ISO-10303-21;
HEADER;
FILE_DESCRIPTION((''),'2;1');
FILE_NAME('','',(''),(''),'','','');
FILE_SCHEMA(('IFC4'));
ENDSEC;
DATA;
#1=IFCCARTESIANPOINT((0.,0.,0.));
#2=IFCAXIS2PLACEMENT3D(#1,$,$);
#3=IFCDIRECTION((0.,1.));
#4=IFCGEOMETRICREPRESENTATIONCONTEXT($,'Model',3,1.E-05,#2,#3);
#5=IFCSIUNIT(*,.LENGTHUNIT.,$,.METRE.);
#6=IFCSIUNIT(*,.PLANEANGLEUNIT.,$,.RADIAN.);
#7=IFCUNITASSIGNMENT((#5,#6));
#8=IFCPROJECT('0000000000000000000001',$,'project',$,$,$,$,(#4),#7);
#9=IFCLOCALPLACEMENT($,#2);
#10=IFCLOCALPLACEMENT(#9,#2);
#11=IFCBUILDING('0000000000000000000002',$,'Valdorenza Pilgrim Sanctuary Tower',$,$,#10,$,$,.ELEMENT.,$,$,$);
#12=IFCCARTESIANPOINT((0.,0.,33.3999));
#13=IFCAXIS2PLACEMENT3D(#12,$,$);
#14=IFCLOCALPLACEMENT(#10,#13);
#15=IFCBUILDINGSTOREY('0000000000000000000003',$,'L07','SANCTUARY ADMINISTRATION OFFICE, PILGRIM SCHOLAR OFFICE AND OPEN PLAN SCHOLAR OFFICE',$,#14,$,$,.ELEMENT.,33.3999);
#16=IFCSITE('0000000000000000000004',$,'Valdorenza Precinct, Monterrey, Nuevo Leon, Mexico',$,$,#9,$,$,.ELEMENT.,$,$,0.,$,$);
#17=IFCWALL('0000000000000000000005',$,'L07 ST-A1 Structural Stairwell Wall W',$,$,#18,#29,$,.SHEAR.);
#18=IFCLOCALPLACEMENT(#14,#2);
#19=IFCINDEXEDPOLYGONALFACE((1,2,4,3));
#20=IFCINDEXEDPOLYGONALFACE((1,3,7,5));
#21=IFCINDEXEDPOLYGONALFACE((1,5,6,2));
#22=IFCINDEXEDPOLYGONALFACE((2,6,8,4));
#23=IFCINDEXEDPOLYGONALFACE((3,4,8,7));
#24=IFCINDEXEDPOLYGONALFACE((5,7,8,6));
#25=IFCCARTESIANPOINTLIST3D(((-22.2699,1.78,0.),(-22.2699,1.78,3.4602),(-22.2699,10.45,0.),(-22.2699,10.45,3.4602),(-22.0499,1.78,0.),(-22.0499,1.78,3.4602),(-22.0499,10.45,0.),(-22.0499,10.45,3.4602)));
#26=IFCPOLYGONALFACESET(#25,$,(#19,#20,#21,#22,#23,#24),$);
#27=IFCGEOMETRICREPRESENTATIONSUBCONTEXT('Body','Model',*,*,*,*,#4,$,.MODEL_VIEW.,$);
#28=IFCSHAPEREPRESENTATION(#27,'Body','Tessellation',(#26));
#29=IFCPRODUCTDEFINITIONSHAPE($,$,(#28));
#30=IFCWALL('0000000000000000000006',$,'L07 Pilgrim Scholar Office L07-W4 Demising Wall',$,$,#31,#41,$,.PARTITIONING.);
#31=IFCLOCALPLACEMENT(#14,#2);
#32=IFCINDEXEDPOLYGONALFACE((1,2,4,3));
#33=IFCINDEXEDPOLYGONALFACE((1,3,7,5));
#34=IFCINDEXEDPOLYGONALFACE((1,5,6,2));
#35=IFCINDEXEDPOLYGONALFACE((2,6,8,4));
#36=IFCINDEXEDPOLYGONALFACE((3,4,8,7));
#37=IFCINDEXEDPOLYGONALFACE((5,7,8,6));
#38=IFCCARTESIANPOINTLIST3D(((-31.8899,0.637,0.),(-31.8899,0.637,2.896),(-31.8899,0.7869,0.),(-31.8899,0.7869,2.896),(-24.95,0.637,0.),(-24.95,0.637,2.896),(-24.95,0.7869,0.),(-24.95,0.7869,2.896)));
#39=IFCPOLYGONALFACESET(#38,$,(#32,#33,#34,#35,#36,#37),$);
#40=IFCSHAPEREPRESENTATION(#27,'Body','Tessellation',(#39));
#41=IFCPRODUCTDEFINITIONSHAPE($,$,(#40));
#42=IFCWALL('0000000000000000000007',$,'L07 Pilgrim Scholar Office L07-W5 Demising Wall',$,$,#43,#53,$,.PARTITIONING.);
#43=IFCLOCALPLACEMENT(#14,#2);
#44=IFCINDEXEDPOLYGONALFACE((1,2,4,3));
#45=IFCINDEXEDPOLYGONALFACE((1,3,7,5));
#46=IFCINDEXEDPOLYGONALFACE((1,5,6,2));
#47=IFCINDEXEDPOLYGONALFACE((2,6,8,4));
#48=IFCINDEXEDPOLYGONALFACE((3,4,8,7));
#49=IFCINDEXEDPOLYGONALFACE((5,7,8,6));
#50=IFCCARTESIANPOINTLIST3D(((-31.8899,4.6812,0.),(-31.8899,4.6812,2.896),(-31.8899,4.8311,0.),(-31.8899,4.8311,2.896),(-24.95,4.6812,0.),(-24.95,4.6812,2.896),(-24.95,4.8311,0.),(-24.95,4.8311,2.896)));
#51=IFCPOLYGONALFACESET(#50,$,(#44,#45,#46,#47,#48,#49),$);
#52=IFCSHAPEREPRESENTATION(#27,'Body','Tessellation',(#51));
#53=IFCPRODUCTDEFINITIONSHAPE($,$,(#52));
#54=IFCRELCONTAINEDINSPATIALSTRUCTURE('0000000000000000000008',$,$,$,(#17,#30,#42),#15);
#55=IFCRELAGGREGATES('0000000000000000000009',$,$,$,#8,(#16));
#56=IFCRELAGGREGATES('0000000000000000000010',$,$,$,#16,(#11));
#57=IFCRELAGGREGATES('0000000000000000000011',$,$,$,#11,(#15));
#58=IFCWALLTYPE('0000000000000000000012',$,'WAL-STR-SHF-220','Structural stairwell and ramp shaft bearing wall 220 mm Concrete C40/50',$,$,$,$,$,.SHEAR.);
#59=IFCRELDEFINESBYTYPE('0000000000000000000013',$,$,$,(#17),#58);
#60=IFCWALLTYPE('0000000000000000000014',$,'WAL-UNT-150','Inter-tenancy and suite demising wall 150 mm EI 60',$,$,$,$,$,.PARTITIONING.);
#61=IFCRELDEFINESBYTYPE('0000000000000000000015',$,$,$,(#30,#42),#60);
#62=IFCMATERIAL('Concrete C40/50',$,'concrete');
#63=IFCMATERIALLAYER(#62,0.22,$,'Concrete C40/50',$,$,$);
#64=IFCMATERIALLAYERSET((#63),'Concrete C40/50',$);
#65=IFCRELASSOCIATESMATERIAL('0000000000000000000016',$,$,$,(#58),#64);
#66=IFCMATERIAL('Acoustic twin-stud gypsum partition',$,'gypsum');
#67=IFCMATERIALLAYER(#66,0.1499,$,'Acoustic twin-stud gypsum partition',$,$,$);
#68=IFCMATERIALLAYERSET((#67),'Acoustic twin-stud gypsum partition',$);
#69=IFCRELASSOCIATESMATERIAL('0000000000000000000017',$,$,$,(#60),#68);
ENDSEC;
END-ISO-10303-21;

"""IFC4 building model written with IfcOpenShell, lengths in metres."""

from ifc_helpers import new_model, si_unit, direction, frame, frame_2d, origin, place, context, subcontext, project, spatial, rectangle, extrude, material, layer, layer_set, type_object, element, save


model = new_model("IFC4")

# Units and contexts
model_context = context("Model", 3, precision=1e-05, world=origin(), true_north=direction((0.0, 1.0)))
body_context = subcontext(model_context, "Body", "Model", "MODEL_VIEW")
ifc_project = project(units=[si_unit("LENGTHUNIT", "METRE"), si_unit("PLANEANGLEUNIT", "RADIAN")], contexts=[model_context])

# Site, building, storey
site_placement = place(None, origin())
site = spatial("IfcSite", under=ifc_project, at=site_placement, Name="Valdorenza Precinct, Monterrey, Nuevo Leon, Mexico", CompositionType="ELEMENT", RefElevation=0.0)
building_placement = place(site_placement, origin())
building = spatial("IfcBuilding", under=site, at=building_placement, Name="Valdorenza Pilgrim Sanctuary Tower", CompositionType="ELEMENT")
storey_placement = place(building_placement, frame((0.0, 0.0, 33.3999)))
storey = spatial("IfcBuildingStorey", under=building, at=storey_placement, Name="L07", Description="SANCTUARY ADMINISTRATION OFFICE, PILGRIM SCHOLAR OFFICE AND OPEN PLAN SCHOLAR OFFICE", CompositionType="ELEMENT", Elevation=33.3999)

# Wall
ifc_material_1 = material(Name="Concrete C40/50", Category="concrete")
ifc_layer_1 = layer(ifc_material_1, 0.22, Name="Concrete C40/50")
ifc_layer_set_1 = layer_set([ifc_layer_1], Name="Concrete C40/50")
wall_type_1 = type_object("IfcWallType", Name="WAL-STR-SHF-220", Description="Structural stairwell and ramp shaft bearing wall 220 mm Concrete C40/50", PredefinedType="SHEAR", material=ifc_layer_set_1)
wall_1_placement = place(storey_placement, frame((-22.1599, 1.78, 0.0), z_axis=(0.0, 0.0, 1.0), x_axis=(0.0, 1.0, 0.0)))
element("IfcWall", 1, at=wall_1_placement, inside=storey, type_object=wall_type_1, Name="L07 ST-A1 Structural Stairwell Wall W", PredefinedType="SHEAR", context=body_context, shape_type="SweptSolid", body=[
    extrude(rectangle(XDim=8.6699, YDim=0.22, at=frame_2d((4.335, 0.0))), origin(), (0.0, 0.0, 1.0), 3.4602),
])

# Walls
ifc_material_2 = material(Name="Acoustic twin-stud gypsum partition", Category="gypsum")
ifc_layer_2 = layer(ifc_material_2, 0.1499, Name="Acoustic twin-stud gypsum partition")
ifc_layer_set_2 = layer_set([ifc_layer_2], Name="Acoustic twin-stud gypsum partition")
wall_type_2 = type_object("IfcWallType", Name="WAL-UNT-150", Description="Inter-tenancy and suite demising wall 150 mm EI 60", PredefinedType="PARTITIONING", material=ifc_layer_set_2)
for number, where, z_axis, x_axis, name in (
    (2, (-31.8899, 0.7119, 0.0), (0.0, 0.0, 1.0), (1.0, 0.0, 0.0), "L07 Pilgrim Scholar Office L07-W4 Demising Wall"),
    (3, (-31.8899, 4.7561, 0.0), (0.0, 0.0, 1.0), (1.0, 0.0, 0.0), "L07 Pilgrim Scholar Office L07-W5 Demising Wall"),
):
    element("IfcWall", number, at=place(storey_placement, frame(where, z_axis=z_axis, x_axis=x_axis)), inside=storey, type_object=wall_type_2, Name=name, PredefinedType="PARTITIONING", context=body_context, shape_type="SweptSolid", body=[
        extrude(rectangle(XDim=6.9399, YDim=0.1499, at=frame_2d((3.47, 0.0))), origin(), (0.0, 0.0, 1.0), 2.896),
    ])

save(model, "model.ifc")
